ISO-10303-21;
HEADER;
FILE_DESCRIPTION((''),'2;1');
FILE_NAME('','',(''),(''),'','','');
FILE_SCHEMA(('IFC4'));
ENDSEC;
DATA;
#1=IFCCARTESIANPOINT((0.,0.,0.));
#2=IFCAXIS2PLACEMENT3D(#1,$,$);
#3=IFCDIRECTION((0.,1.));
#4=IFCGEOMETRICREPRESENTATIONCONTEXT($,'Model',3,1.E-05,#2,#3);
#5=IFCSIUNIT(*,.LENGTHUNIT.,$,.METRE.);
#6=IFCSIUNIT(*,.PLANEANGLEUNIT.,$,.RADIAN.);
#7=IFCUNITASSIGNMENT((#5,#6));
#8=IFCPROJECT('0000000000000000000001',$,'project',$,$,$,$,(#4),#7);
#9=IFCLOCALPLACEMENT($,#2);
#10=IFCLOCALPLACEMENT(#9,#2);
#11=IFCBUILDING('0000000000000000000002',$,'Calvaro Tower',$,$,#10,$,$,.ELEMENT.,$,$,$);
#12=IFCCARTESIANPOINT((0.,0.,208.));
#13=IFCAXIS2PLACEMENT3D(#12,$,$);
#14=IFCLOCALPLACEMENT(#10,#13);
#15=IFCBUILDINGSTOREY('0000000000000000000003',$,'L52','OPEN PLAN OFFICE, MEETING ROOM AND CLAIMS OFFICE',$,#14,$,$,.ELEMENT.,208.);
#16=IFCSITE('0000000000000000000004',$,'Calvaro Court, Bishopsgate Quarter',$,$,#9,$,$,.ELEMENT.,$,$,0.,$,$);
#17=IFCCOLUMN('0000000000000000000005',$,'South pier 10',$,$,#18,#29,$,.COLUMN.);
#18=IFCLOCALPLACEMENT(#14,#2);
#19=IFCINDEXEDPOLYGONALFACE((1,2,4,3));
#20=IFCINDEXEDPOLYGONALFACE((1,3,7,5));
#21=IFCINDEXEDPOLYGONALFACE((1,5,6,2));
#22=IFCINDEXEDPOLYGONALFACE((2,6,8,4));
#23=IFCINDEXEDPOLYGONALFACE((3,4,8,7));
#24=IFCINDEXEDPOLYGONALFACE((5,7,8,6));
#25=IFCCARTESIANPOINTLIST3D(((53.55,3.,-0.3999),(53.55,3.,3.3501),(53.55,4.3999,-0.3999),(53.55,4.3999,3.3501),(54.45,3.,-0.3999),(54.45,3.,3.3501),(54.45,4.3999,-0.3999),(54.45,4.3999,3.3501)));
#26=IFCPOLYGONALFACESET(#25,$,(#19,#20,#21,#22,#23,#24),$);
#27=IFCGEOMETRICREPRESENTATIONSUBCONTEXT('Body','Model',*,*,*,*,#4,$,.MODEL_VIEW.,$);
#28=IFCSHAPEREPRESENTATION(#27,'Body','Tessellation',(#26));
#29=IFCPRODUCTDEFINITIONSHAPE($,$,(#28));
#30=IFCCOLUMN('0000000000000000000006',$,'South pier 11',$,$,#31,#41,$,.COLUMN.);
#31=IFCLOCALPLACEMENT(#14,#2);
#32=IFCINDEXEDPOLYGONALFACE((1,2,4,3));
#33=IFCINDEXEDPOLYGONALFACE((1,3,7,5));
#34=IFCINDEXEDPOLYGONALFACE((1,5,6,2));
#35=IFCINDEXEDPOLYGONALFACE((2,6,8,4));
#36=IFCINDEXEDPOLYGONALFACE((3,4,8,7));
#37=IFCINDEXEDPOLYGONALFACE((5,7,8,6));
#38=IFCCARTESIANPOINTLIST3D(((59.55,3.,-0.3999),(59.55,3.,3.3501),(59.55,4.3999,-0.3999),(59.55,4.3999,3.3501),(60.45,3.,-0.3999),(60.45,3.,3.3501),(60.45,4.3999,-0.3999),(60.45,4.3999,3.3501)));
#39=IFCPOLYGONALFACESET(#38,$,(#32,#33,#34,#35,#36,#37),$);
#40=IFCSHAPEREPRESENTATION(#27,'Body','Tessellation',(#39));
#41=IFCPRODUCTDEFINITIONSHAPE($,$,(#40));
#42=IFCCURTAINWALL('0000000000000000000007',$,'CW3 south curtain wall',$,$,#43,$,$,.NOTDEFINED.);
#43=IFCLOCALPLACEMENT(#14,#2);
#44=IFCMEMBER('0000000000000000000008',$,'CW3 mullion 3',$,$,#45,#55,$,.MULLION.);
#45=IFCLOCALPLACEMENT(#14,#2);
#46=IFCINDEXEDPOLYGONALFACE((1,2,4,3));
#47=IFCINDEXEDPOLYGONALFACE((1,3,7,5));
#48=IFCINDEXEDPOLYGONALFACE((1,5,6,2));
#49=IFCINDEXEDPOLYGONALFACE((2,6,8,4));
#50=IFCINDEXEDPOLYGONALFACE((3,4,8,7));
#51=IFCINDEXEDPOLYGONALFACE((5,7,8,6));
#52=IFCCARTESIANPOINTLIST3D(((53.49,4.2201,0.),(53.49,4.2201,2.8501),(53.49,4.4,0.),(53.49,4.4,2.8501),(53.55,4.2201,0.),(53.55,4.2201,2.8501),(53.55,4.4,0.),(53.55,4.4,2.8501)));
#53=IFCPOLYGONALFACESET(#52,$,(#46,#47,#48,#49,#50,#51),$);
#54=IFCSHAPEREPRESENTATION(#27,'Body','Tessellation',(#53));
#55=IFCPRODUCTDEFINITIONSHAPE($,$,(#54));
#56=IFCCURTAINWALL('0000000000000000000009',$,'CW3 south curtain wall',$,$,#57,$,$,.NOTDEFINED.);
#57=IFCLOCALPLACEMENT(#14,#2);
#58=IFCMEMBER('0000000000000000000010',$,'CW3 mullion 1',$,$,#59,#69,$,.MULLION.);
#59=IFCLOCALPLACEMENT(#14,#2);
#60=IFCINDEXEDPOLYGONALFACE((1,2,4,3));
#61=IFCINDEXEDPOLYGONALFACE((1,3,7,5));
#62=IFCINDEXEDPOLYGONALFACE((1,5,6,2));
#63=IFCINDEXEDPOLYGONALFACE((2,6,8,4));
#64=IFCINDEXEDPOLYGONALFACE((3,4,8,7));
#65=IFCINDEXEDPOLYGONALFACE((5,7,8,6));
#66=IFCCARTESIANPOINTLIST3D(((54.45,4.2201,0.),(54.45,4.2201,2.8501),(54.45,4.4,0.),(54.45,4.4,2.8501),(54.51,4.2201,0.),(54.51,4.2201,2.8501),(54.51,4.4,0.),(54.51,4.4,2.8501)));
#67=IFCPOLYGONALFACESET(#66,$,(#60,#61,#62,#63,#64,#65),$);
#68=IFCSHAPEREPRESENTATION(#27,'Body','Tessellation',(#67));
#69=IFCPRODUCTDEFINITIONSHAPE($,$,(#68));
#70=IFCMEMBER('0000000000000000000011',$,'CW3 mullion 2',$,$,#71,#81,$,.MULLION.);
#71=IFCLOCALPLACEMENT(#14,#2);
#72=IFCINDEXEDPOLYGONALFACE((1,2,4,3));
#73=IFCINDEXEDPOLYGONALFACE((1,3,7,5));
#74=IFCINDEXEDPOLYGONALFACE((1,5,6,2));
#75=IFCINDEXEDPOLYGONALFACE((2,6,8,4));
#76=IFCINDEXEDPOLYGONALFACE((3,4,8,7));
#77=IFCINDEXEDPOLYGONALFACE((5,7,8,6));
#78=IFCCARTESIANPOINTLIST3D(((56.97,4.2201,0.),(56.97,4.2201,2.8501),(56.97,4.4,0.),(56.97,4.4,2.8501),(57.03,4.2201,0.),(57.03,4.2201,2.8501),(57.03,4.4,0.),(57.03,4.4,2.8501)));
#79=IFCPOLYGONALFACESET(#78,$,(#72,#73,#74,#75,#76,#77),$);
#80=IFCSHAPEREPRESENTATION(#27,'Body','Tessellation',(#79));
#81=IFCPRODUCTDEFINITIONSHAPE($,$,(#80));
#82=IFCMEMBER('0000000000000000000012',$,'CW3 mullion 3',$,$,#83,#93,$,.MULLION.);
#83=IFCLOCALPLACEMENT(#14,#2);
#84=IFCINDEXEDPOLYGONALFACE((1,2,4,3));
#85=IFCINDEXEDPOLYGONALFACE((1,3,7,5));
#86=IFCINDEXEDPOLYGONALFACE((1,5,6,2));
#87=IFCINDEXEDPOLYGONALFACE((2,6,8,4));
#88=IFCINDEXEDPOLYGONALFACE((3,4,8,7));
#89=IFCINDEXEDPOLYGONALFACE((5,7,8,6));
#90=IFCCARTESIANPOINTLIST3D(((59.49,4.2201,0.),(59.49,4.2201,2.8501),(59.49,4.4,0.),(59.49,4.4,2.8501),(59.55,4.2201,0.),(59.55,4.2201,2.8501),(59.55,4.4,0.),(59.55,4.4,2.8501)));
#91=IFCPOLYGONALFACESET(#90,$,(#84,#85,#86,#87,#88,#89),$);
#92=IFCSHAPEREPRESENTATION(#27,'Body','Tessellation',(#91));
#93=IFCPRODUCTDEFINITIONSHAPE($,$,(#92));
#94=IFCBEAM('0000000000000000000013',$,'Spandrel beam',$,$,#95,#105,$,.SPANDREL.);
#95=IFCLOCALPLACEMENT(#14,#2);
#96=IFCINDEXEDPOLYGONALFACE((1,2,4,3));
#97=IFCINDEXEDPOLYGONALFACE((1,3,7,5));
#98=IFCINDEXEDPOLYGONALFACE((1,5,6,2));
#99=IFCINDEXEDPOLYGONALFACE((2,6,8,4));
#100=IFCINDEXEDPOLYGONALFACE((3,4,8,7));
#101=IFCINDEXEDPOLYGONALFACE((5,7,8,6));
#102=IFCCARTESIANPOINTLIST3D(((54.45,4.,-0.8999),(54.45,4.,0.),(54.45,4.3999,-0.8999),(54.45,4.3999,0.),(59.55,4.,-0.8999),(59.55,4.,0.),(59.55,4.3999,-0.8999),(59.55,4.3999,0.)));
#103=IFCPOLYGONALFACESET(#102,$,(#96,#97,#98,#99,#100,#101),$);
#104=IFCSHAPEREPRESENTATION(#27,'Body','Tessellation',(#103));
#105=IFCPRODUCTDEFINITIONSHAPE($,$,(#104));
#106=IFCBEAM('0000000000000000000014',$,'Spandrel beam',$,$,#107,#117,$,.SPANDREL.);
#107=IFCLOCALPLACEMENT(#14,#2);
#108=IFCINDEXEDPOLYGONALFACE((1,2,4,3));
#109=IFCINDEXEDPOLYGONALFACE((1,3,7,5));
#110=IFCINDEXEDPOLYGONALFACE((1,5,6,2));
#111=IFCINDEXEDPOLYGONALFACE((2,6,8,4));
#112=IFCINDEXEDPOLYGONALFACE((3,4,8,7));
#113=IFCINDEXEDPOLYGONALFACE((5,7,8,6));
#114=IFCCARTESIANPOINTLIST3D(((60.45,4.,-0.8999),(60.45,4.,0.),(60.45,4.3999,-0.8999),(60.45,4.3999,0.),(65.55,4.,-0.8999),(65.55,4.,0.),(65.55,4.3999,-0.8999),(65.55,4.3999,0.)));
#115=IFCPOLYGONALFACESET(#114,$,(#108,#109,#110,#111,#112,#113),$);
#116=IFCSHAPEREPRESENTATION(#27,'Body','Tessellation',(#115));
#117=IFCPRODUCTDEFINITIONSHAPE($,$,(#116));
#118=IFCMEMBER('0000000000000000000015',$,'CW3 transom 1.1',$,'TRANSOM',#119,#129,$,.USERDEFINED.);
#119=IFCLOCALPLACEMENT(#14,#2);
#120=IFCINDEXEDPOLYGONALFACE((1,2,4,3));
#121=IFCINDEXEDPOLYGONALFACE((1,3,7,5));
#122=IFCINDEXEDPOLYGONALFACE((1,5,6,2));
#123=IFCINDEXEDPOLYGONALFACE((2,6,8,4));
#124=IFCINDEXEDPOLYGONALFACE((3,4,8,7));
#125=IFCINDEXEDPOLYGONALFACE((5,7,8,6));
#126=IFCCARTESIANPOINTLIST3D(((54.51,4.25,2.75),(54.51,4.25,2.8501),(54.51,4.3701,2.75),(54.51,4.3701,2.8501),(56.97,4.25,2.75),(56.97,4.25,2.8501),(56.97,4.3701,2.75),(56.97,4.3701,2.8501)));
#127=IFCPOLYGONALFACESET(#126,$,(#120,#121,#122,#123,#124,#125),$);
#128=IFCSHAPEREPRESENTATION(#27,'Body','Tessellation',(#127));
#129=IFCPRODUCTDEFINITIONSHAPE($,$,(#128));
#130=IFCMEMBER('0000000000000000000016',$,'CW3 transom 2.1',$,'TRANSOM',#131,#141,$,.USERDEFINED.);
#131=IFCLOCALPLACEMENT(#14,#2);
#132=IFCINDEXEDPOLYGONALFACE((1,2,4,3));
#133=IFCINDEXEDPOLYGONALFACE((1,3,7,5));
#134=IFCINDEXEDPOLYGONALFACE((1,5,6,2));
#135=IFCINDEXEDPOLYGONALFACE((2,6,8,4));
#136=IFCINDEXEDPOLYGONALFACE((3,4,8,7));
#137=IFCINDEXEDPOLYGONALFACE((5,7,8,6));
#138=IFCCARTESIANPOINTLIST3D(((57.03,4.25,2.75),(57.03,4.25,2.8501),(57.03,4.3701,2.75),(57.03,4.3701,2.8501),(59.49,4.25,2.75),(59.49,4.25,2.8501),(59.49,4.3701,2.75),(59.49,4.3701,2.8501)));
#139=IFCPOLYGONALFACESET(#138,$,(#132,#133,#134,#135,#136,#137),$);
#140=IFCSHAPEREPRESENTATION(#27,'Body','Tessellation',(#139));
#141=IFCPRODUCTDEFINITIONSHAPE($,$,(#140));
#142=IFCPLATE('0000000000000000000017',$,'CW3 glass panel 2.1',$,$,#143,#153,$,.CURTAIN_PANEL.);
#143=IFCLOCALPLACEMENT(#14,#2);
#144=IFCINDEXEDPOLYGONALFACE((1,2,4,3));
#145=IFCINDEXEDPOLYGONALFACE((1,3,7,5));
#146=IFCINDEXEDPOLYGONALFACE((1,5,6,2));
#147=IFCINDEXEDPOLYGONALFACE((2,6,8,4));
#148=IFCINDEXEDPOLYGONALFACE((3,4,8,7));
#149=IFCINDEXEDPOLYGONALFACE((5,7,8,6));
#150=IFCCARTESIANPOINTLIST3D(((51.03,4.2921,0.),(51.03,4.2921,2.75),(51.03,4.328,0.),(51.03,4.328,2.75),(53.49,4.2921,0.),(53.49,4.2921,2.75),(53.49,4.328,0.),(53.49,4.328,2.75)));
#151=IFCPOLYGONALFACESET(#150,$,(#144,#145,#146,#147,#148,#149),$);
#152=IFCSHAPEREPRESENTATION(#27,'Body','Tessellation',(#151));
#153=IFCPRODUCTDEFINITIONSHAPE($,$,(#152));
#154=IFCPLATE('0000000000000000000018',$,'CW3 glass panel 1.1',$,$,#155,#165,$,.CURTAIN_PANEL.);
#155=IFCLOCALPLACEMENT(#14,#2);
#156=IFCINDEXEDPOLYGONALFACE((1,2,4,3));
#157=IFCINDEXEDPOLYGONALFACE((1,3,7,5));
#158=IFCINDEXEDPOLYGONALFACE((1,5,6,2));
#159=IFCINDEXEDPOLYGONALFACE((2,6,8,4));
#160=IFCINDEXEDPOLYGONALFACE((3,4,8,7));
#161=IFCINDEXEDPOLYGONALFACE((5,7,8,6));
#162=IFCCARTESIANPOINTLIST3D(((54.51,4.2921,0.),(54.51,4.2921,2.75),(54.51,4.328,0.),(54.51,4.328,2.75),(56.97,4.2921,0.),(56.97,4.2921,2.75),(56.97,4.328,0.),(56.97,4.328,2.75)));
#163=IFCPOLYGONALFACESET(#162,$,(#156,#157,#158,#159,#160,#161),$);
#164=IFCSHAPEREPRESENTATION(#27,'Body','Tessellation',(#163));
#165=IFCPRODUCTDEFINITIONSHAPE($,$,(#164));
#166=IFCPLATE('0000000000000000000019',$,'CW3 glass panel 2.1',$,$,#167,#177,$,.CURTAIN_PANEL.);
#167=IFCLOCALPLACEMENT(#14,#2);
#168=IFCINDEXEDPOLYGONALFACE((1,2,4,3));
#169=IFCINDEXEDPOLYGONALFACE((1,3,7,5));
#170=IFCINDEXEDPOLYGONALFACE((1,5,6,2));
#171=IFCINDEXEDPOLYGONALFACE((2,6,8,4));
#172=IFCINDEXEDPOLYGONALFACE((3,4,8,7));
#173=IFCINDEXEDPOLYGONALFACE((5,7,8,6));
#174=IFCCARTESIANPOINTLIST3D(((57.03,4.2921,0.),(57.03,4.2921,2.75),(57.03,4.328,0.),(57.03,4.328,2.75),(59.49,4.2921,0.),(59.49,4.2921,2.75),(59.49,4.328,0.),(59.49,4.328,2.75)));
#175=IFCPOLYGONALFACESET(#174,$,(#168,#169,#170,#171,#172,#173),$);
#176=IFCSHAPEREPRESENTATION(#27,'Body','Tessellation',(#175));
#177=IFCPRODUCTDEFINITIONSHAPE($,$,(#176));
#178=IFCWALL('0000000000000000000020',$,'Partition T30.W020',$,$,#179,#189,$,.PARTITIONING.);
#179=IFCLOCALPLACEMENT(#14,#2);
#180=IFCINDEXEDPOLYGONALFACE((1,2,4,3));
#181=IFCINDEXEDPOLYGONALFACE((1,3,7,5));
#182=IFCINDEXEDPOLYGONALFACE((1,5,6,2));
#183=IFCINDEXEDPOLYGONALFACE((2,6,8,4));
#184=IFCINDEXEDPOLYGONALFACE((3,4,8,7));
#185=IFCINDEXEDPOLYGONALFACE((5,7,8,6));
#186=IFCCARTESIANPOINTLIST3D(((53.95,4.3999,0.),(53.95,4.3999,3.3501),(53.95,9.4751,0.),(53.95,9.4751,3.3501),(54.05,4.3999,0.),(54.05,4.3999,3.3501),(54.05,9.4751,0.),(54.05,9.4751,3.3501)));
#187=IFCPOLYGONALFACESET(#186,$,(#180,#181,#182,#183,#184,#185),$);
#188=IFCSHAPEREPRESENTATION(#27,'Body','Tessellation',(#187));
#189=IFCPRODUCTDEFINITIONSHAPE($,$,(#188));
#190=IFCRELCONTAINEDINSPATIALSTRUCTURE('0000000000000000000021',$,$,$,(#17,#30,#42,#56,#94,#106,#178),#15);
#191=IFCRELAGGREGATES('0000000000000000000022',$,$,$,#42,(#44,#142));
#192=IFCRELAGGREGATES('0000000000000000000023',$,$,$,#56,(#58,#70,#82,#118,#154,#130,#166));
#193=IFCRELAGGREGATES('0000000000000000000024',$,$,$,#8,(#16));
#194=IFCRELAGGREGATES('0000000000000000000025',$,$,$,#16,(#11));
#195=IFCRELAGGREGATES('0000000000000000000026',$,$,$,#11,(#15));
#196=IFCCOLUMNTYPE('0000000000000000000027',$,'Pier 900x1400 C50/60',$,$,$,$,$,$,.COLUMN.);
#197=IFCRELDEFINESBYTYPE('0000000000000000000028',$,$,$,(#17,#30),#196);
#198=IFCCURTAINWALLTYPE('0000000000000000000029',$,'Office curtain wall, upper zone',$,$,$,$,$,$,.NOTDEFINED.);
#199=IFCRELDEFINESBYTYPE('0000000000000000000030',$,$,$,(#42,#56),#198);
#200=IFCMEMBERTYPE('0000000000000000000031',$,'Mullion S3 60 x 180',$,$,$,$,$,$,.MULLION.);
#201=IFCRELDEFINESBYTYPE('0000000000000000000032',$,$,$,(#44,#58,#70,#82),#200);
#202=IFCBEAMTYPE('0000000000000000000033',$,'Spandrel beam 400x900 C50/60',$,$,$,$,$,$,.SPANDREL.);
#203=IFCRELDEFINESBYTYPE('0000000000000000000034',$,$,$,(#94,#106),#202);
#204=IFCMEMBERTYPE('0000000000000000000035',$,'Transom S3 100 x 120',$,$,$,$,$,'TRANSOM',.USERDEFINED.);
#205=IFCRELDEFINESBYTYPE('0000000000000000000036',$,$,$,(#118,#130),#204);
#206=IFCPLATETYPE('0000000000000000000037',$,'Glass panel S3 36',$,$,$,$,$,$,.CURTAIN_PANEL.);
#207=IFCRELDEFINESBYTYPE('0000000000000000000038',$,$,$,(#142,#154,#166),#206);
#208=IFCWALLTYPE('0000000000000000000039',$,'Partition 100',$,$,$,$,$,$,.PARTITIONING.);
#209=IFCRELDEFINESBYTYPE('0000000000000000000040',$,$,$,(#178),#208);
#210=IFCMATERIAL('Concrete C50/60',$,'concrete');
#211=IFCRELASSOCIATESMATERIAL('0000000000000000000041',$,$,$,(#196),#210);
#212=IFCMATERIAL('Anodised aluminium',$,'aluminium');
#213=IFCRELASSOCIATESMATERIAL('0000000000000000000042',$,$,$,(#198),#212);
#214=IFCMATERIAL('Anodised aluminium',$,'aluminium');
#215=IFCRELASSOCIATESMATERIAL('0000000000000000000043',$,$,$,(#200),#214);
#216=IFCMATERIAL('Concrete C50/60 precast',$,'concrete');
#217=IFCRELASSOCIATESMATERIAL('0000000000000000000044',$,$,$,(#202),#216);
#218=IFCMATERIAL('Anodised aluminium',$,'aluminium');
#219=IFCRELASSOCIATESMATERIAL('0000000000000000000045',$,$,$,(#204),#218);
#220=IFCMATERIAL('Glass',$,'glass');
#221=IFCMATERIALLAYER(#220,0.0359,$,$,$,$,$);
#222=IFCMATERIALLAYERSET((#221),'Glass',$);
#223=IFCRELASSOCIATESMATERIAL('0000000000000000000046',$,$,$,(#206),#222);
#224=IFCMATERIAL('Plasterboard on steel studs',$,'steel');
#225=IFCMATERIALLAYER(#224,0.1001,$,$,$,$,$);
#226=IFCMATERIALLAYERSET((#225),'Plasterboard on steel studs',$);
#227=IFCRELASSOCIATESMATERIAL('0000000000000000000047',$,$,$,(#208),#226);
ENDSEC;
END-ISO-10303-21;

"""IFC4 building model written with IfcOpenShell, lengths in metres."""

from ifc_helpers import new_model, si_unit, direction, frame, frame_2d, origin, origin_2d, place, context, subcontext, project, spatial, rectangle, extrude, material, layer, layer_set, material_profile, profile_set, type_object, element, aggregate, save


model = new_model("IFC4")

# Units and contexts
model_context = context("Model", 3, precision=1e-05, world=origin(), true_north=direction((0.0, 1.0)))
body_context = subcontext(model_context, "Body", "Model", "MODEL_VIEW")
ifc_project = project(units=[si_unit("LENGTHUNIT", "METRE"), si_unit("PLANEANGLEUNIT", "RADIAN")], contexts=[model_context])

# Site, building, storey
site_placement = place(None, origin())
site = spatial("IfcSite", under=ifc_project, at=site_placement, Name="Calvaro Court, Bishopsgate Quarter", CompositionType="ELEMENT", RefElevation=0.0)
building_placement = place(site_placement, origin())
building = spatial("IfcBuilding", under=site, at=building_placement, Name="Calvaro Tower", CompositionType="ELEMENT")
storey_placement = place(building_placement, frame((0.0, 0.0, 208.0)))
storey = spatial("IfcBuildingStorey", under=building, at=storey_placement, Name="L52", Description="OPEN PLAN OFFICE, MEETING ROOM AND CLAIMS OFFICE", CompositionType="ELEMENT", Elevation=208.0)

# Columns
ifc_material_1 = material(Name="Concrete C50/60", Category="concrete")
ifc_material_profile_1 = material_profile(ifc_material_1, rectangle(XDim=0.8999, YDim=1.3999, at=origin_2d()), Name="RC 900x1400")
ifc_profile_set_1 = profile_set([ifc_material_profile_1], Name="Concrete C50/60")
column_type = type_object("IfcColumnType", Name="Pier 900x1400 C50/60", PredefinedType="COLUMN", material=ifc_profile_set_1)
for number, where, z_axis, x_axis, name in (
    (1, (54.0, 3.7, -0.3999), (0.0, 0.0, 1.0), (1.0, 0.0, 0.0), "South pier 10"),
    (2, (60.0, 3.7, -0.3999), (0.0, 0.0, 1.0), (1.0, 0.0, 0.0), "South pier 11"),
):
    element("IfcColumn", number, at=place(storey_placement, frame(where, z_axis=z_axis, x_axis=x_axis)), inside=storey, type_object=column_type, Name=name, PredefinedType="COLUMN", context=body_context, shape_type="SweptSolid", body=[
        extrude(rectangle(XDim=0.8999, YDim=1.3999, at=origin_2d()), origin(), (0.0, 0.0, 1.0), 3.75),
    ])

# Curtain wall, member
ifc_material_2 = material(Name="Anodised aluminium", Category="aluminium")
curtain_wall_type = type_object("IfcCurtainWallType", Name="Office curtain wall, upper zone", PredefinedType="NOTDEFINED", material=ifc_material_2)
curtain_wall_1_placement = place(storey_placement, origin())
curtain_wall_1 = element("IfcCurtainWall", 3, at=curtain_wall_1_placement, inside=storey, type_object=curtain_wall_type, Name="CW3 south curtain wall", PredefinedType="NOTDEFINED")
ifc_material_3 = material(Name="Anodised aluminium", Category="aluminium")
ifc_material_profile_2 = material_profile(ifc_material_3, rectangle(XDim=0.1799, YDim=0.0601, at=origin_2d()), Name="Mullion S3 60 x 180")
ifc_profile_set_2 = profile_set([ifc_material_profile_2], Name="Anodised aluminium")
member_type_1 = type_object("IfcMemberType", Name="Mullion S3 60 x 180", PredefinedType="MULLION", material=ifc_profile_set_2)
member_1_placement = place(storey_placement, frame((53.52, 4.3101, 0.0), z_axis=(0.0, 0.0, 1.0), x_axis=(0.0, 1.0, 0.0)))
member_1 = element("IfcMember", 4, at=member_1_placement, type_object=member_type_1, Name="CW3 mullion 3", PredefinedType="MULLION", context=body_context, shape_type="SweptSolid", body=[
    extrude(rectangle(XDim=0.1799, YDim=0.0601, at=origin_2d()), origin(), (0.0, 0.0, 1.0), 2.8501),
])

# Curtain wall, members
curtain_wall_2_placement = place(storey_placement, origin())
curtain_wall_2 = element("IfcCurtainWall", 5, at=curtain_wall_2_placement, inside=storey, type_object=curtain_wall_type, Name="CW3 south curtain wall", PredefinedType="NOTDEFINED")
member_2_placement = place(storey_placement, frame((54.48, 4.3101, 0.0), z_axis=(0.0, 0.0, 1.0), x_axis=(0.0, 1.0, 0.0)))
member_2 = element("IfcMember", 6, at=member_2_placement, type_object=member_type_1, Name="CW3 mullion 1", PredefinedType="MULLION", context=body_context, shape_type="SweptSolid", body=[
    extrude(rectangle(XDim=0.1799, YDim=0.0601, at=origin_2d()), origin(), (0.0, 0.0, 1.0), 2.8501),
])
member_3_placement = place(storey_placement, frame((57.0, 4.3101, 0.0), z_axis=(0.0, 0.0, 1.0), x_axis=(0.0, 1.0, 0.0)))
member_3 = element("IfcMember", 7, at=member_3_placement, type_object=member_type_1, Name="CW3 mullion 2", PredefinedType="MULLION", context=body_context, shape_type="SweptSolid", body=[
    extrude(rectangle(XDim=0.1799, YDim=0.0601, at=origin_2d()), origin(), (0.0, 0.0, 1.0), 2.8501),
])
member_4_placement = place(storey_placement, frame((59.52, 4.3101, 0.0), z_axis=(0.0, 0.0, 1.0), x_axis=(0.0, 1.0, 0.0)))
member_4 = element("IfcMember", 8, at=member_4_placement, type_object=member_type_1, Name="CW3 mullion 3", PredefinedType="MULLION", context=body_context, shape_type="SweptSolid", body=[
    extrude(rectangle(XDim=0.1799, YDim=0.0601, at=origin_2d()), origin(), (0.0, 0.0, 1.0), 2.8501),
])

# Beams
ifc_material_4 = material(Name="Concrete C50/60 precast", Category="concrete")
ifc_material_profile_3 = material_profile(ifc_material_4, rectangle(XDim=0.3999, YDim=0.8999, at=origin_2d()), Name="RC 400x900")
ifc_profile_set_3 = profile_set([ifc_material_profile_3], Name="Concrete C50/60 precast")
beam_type = type_object("IfcBeamType", Name="Spandrel beam 400x900 C50/60", PredefinedType="SPANDREL", material=ifc_profile_set_3)
for number, where, z_axis, x_axis, name in (
    (9, (54.45, 4.2, -0.45), (1.0, 0.0, 0.0), (0.0, 1.0, 0.0), "Spandrel beam"),
    (10, (60.45, 4.2, -0.45), (1.0, 0.0, 0.0), (0.0, 1.0, 0.0), "Spandrel beam"),
):
    element("IfcBeam", number, at=place(storey_placement, frame(where, z_axis=z_axis, x_axis=x_axis)), inside=storey, type_object=beam_type, Name=name, PredefinedType="SPANDREL", context=body_context, shape_type="SweptSolid", body=[
        extrude(rectangle(XDim=0.3999, YDim=0.8999, at=origin_2d()), origin(), (0.0, 0.0, 1.0), 5.1001),
    ])

# Members
ifc_material_5 = material(Name="Anodised aluminium", Category="aluminium")
ifc_material_profile_4 = material_profile(ifc_material_5, rectangle(XDim=0.1201, YDim=0.1001, at=origin_2d()), Name="Transom S3 100 x 120")
ifc_profile_set_4 = profile_set([ifc_material_profile_4], Name="Anodised aluminium")
member_type_2 = type_object("IfcMemberType", Name="Transom S3 100 x 120", ElementType="TRANSOM", PredefinedType="USERDEFINED", material=ifc_profile_set_4)
member_5_placement = place(storey_placement, frame((54.51, 4.3101, 2.8), z_axis=(1.0, 0.0, 0.0), x_axis=(0.0, 1.0, 0.0)))
member_5 = element("IfcMember", 11, at=member_5_placement, type_object=member_type_2, Name="CW3 transom 1.1", ObjectType="TRANSOM", PredefinedType="USERDEFINED", context=body_context, shape_type="SweptSolid", body=[
    extrude(rectangle(XDim=0.1201, YDim=0.1001, at=origin_2d()), origin(), (0.0, 0.0, 1.0), 2.46),
])
member_6_placement = place(storey_placement, frame((57.03, 4.3101, 2.8), z_axis=(1.0, 0.0, 0.0), x_axis=(0.0, 1.0, 0.0)))
member_6 = element("IfcMember", 12, at=member_6_placement, type_object=member_type_2, Name="CW3 transom 2.1", ObjectType="TRANSOM", PredefinedType="USERDEFINED", context=body_context, shape_type="SweptSolid", body=[
    extrude(rectangle(XDim=0.1201, YDim=0.1001, at=origin_2d()), origin(), (0.0, 0.0, 1.0), 2.46),
])

# Plates
ifc_material_6 = material(Name="Glass", Category="glass")
ifc_layer_1 = layer(ifc_material_6, 0.0359)
ifc_layer_set_1 = layer_set([ifc_layer_1], Name="Glass")
plate_type = type_object("IfcPlateType", Name="Glass panel S3 36", PredefinedType="CURTAIN_PANEL", material=ifc_layer_set_1)
plate_1_placement = place(storey_placement, frame((52.26, 4.3101, 0.0), z_axis=(0.0, 0.0, 1.0), x_axis=(1.0, 0.0, 0.0)))
plate_1 = element("IfcPlate", 13, at=plate_1_placement, type_object=plate_type, Name="CW3 glass panel 2.1", PredefinedType="CURTAIN_PANEL", context=body_context, shape_type="SweptSolid", body=[
    extrude(rectangle(XDim=2.46, YDim=0.0359, at=origin_2d()), origin(), (0.0, 0.0, 1.0), 2.75),
])
aggregate(curtain_wall_1, [member_1, plate_1])
plate_2_placement = place(storey_placement, frame((55.74, 4.3101, 0.0), z_axis=(0.0, 0.0, 1.0), x_axis=(1.0, 0.0, 0.0)))
plate_2 = element("IfcPlate", 14, at=plate_2_placement, type_object=plate_type, Name="CW3 glass panel 1.1", PredefinedType="CURTAIN_PANEL", context=body_context, shape_type="SweptSolid", body=[
    extrude(rectangle(XDim=2.46, YDim=0.0359, at=origin_2d()), origin(), (0.0, 0.0, 1.0), 2.75),
])
plate_3_placement = place(storey_placement, frame((58.26, 4.3101, 0.0), z_axis=(0.0, 0.0, 1.0), x_axis=(1.0, 0.0, 0.0)))
plate_3 = element("IfcPlate", 15, at=plate_3_placement, type_object=plate_type, Name="CW3 glass panel 2.1", PredefinedType="CURTAIN_PANEL", context=body_context, shape_type="SweptSolid", body=[
    extrude(rectangle(XDim=2.46, YDim=0.0359, at=origin_2d()), origin(), (0.0, 0.0, 1.0), 2.75),
])
aggregate(curtain_wall_2, [member_2, member_3, member_4, member_5, plate_2, member_6, plate_3])

# Wall
ifc_material_7 = material(Name="Plasterboard on steel studs", Category="steel")
ifc_layer_2 = layer(ifc_material_7, 0.1001)
ifc_layer_set_2 = layer_set([ifc_layer_2], Name="Plasterboard on steel studs")
wall_type = type_object("IfcWallType", Name="Partition 100", PredefinedType="PARTITIONING", material=ifc_layer_set_2)
wall_placement = place(storey_placement, frame((54.0, 4.3999, 0.0), z_axis=(0.0, 0.0, 1.0), x_axis=(0.0, 1.0, 0.0)))
element("IfcWall", 16, at=wall_placement, inside=storey, type_object=wall_type, Name="Partition T30.W020", PredefinedType="PARTITIONING", context=body_context, shape_type="SweptSolid", body=[
    extrude(rectangle(XDim=5.0752, YDim=0.1001, at=frame_2d((2.5376, 0.0))), origin(), (0.0, 0.0, 1.0), 3.3501),
])

save(model, "model.ifc")
